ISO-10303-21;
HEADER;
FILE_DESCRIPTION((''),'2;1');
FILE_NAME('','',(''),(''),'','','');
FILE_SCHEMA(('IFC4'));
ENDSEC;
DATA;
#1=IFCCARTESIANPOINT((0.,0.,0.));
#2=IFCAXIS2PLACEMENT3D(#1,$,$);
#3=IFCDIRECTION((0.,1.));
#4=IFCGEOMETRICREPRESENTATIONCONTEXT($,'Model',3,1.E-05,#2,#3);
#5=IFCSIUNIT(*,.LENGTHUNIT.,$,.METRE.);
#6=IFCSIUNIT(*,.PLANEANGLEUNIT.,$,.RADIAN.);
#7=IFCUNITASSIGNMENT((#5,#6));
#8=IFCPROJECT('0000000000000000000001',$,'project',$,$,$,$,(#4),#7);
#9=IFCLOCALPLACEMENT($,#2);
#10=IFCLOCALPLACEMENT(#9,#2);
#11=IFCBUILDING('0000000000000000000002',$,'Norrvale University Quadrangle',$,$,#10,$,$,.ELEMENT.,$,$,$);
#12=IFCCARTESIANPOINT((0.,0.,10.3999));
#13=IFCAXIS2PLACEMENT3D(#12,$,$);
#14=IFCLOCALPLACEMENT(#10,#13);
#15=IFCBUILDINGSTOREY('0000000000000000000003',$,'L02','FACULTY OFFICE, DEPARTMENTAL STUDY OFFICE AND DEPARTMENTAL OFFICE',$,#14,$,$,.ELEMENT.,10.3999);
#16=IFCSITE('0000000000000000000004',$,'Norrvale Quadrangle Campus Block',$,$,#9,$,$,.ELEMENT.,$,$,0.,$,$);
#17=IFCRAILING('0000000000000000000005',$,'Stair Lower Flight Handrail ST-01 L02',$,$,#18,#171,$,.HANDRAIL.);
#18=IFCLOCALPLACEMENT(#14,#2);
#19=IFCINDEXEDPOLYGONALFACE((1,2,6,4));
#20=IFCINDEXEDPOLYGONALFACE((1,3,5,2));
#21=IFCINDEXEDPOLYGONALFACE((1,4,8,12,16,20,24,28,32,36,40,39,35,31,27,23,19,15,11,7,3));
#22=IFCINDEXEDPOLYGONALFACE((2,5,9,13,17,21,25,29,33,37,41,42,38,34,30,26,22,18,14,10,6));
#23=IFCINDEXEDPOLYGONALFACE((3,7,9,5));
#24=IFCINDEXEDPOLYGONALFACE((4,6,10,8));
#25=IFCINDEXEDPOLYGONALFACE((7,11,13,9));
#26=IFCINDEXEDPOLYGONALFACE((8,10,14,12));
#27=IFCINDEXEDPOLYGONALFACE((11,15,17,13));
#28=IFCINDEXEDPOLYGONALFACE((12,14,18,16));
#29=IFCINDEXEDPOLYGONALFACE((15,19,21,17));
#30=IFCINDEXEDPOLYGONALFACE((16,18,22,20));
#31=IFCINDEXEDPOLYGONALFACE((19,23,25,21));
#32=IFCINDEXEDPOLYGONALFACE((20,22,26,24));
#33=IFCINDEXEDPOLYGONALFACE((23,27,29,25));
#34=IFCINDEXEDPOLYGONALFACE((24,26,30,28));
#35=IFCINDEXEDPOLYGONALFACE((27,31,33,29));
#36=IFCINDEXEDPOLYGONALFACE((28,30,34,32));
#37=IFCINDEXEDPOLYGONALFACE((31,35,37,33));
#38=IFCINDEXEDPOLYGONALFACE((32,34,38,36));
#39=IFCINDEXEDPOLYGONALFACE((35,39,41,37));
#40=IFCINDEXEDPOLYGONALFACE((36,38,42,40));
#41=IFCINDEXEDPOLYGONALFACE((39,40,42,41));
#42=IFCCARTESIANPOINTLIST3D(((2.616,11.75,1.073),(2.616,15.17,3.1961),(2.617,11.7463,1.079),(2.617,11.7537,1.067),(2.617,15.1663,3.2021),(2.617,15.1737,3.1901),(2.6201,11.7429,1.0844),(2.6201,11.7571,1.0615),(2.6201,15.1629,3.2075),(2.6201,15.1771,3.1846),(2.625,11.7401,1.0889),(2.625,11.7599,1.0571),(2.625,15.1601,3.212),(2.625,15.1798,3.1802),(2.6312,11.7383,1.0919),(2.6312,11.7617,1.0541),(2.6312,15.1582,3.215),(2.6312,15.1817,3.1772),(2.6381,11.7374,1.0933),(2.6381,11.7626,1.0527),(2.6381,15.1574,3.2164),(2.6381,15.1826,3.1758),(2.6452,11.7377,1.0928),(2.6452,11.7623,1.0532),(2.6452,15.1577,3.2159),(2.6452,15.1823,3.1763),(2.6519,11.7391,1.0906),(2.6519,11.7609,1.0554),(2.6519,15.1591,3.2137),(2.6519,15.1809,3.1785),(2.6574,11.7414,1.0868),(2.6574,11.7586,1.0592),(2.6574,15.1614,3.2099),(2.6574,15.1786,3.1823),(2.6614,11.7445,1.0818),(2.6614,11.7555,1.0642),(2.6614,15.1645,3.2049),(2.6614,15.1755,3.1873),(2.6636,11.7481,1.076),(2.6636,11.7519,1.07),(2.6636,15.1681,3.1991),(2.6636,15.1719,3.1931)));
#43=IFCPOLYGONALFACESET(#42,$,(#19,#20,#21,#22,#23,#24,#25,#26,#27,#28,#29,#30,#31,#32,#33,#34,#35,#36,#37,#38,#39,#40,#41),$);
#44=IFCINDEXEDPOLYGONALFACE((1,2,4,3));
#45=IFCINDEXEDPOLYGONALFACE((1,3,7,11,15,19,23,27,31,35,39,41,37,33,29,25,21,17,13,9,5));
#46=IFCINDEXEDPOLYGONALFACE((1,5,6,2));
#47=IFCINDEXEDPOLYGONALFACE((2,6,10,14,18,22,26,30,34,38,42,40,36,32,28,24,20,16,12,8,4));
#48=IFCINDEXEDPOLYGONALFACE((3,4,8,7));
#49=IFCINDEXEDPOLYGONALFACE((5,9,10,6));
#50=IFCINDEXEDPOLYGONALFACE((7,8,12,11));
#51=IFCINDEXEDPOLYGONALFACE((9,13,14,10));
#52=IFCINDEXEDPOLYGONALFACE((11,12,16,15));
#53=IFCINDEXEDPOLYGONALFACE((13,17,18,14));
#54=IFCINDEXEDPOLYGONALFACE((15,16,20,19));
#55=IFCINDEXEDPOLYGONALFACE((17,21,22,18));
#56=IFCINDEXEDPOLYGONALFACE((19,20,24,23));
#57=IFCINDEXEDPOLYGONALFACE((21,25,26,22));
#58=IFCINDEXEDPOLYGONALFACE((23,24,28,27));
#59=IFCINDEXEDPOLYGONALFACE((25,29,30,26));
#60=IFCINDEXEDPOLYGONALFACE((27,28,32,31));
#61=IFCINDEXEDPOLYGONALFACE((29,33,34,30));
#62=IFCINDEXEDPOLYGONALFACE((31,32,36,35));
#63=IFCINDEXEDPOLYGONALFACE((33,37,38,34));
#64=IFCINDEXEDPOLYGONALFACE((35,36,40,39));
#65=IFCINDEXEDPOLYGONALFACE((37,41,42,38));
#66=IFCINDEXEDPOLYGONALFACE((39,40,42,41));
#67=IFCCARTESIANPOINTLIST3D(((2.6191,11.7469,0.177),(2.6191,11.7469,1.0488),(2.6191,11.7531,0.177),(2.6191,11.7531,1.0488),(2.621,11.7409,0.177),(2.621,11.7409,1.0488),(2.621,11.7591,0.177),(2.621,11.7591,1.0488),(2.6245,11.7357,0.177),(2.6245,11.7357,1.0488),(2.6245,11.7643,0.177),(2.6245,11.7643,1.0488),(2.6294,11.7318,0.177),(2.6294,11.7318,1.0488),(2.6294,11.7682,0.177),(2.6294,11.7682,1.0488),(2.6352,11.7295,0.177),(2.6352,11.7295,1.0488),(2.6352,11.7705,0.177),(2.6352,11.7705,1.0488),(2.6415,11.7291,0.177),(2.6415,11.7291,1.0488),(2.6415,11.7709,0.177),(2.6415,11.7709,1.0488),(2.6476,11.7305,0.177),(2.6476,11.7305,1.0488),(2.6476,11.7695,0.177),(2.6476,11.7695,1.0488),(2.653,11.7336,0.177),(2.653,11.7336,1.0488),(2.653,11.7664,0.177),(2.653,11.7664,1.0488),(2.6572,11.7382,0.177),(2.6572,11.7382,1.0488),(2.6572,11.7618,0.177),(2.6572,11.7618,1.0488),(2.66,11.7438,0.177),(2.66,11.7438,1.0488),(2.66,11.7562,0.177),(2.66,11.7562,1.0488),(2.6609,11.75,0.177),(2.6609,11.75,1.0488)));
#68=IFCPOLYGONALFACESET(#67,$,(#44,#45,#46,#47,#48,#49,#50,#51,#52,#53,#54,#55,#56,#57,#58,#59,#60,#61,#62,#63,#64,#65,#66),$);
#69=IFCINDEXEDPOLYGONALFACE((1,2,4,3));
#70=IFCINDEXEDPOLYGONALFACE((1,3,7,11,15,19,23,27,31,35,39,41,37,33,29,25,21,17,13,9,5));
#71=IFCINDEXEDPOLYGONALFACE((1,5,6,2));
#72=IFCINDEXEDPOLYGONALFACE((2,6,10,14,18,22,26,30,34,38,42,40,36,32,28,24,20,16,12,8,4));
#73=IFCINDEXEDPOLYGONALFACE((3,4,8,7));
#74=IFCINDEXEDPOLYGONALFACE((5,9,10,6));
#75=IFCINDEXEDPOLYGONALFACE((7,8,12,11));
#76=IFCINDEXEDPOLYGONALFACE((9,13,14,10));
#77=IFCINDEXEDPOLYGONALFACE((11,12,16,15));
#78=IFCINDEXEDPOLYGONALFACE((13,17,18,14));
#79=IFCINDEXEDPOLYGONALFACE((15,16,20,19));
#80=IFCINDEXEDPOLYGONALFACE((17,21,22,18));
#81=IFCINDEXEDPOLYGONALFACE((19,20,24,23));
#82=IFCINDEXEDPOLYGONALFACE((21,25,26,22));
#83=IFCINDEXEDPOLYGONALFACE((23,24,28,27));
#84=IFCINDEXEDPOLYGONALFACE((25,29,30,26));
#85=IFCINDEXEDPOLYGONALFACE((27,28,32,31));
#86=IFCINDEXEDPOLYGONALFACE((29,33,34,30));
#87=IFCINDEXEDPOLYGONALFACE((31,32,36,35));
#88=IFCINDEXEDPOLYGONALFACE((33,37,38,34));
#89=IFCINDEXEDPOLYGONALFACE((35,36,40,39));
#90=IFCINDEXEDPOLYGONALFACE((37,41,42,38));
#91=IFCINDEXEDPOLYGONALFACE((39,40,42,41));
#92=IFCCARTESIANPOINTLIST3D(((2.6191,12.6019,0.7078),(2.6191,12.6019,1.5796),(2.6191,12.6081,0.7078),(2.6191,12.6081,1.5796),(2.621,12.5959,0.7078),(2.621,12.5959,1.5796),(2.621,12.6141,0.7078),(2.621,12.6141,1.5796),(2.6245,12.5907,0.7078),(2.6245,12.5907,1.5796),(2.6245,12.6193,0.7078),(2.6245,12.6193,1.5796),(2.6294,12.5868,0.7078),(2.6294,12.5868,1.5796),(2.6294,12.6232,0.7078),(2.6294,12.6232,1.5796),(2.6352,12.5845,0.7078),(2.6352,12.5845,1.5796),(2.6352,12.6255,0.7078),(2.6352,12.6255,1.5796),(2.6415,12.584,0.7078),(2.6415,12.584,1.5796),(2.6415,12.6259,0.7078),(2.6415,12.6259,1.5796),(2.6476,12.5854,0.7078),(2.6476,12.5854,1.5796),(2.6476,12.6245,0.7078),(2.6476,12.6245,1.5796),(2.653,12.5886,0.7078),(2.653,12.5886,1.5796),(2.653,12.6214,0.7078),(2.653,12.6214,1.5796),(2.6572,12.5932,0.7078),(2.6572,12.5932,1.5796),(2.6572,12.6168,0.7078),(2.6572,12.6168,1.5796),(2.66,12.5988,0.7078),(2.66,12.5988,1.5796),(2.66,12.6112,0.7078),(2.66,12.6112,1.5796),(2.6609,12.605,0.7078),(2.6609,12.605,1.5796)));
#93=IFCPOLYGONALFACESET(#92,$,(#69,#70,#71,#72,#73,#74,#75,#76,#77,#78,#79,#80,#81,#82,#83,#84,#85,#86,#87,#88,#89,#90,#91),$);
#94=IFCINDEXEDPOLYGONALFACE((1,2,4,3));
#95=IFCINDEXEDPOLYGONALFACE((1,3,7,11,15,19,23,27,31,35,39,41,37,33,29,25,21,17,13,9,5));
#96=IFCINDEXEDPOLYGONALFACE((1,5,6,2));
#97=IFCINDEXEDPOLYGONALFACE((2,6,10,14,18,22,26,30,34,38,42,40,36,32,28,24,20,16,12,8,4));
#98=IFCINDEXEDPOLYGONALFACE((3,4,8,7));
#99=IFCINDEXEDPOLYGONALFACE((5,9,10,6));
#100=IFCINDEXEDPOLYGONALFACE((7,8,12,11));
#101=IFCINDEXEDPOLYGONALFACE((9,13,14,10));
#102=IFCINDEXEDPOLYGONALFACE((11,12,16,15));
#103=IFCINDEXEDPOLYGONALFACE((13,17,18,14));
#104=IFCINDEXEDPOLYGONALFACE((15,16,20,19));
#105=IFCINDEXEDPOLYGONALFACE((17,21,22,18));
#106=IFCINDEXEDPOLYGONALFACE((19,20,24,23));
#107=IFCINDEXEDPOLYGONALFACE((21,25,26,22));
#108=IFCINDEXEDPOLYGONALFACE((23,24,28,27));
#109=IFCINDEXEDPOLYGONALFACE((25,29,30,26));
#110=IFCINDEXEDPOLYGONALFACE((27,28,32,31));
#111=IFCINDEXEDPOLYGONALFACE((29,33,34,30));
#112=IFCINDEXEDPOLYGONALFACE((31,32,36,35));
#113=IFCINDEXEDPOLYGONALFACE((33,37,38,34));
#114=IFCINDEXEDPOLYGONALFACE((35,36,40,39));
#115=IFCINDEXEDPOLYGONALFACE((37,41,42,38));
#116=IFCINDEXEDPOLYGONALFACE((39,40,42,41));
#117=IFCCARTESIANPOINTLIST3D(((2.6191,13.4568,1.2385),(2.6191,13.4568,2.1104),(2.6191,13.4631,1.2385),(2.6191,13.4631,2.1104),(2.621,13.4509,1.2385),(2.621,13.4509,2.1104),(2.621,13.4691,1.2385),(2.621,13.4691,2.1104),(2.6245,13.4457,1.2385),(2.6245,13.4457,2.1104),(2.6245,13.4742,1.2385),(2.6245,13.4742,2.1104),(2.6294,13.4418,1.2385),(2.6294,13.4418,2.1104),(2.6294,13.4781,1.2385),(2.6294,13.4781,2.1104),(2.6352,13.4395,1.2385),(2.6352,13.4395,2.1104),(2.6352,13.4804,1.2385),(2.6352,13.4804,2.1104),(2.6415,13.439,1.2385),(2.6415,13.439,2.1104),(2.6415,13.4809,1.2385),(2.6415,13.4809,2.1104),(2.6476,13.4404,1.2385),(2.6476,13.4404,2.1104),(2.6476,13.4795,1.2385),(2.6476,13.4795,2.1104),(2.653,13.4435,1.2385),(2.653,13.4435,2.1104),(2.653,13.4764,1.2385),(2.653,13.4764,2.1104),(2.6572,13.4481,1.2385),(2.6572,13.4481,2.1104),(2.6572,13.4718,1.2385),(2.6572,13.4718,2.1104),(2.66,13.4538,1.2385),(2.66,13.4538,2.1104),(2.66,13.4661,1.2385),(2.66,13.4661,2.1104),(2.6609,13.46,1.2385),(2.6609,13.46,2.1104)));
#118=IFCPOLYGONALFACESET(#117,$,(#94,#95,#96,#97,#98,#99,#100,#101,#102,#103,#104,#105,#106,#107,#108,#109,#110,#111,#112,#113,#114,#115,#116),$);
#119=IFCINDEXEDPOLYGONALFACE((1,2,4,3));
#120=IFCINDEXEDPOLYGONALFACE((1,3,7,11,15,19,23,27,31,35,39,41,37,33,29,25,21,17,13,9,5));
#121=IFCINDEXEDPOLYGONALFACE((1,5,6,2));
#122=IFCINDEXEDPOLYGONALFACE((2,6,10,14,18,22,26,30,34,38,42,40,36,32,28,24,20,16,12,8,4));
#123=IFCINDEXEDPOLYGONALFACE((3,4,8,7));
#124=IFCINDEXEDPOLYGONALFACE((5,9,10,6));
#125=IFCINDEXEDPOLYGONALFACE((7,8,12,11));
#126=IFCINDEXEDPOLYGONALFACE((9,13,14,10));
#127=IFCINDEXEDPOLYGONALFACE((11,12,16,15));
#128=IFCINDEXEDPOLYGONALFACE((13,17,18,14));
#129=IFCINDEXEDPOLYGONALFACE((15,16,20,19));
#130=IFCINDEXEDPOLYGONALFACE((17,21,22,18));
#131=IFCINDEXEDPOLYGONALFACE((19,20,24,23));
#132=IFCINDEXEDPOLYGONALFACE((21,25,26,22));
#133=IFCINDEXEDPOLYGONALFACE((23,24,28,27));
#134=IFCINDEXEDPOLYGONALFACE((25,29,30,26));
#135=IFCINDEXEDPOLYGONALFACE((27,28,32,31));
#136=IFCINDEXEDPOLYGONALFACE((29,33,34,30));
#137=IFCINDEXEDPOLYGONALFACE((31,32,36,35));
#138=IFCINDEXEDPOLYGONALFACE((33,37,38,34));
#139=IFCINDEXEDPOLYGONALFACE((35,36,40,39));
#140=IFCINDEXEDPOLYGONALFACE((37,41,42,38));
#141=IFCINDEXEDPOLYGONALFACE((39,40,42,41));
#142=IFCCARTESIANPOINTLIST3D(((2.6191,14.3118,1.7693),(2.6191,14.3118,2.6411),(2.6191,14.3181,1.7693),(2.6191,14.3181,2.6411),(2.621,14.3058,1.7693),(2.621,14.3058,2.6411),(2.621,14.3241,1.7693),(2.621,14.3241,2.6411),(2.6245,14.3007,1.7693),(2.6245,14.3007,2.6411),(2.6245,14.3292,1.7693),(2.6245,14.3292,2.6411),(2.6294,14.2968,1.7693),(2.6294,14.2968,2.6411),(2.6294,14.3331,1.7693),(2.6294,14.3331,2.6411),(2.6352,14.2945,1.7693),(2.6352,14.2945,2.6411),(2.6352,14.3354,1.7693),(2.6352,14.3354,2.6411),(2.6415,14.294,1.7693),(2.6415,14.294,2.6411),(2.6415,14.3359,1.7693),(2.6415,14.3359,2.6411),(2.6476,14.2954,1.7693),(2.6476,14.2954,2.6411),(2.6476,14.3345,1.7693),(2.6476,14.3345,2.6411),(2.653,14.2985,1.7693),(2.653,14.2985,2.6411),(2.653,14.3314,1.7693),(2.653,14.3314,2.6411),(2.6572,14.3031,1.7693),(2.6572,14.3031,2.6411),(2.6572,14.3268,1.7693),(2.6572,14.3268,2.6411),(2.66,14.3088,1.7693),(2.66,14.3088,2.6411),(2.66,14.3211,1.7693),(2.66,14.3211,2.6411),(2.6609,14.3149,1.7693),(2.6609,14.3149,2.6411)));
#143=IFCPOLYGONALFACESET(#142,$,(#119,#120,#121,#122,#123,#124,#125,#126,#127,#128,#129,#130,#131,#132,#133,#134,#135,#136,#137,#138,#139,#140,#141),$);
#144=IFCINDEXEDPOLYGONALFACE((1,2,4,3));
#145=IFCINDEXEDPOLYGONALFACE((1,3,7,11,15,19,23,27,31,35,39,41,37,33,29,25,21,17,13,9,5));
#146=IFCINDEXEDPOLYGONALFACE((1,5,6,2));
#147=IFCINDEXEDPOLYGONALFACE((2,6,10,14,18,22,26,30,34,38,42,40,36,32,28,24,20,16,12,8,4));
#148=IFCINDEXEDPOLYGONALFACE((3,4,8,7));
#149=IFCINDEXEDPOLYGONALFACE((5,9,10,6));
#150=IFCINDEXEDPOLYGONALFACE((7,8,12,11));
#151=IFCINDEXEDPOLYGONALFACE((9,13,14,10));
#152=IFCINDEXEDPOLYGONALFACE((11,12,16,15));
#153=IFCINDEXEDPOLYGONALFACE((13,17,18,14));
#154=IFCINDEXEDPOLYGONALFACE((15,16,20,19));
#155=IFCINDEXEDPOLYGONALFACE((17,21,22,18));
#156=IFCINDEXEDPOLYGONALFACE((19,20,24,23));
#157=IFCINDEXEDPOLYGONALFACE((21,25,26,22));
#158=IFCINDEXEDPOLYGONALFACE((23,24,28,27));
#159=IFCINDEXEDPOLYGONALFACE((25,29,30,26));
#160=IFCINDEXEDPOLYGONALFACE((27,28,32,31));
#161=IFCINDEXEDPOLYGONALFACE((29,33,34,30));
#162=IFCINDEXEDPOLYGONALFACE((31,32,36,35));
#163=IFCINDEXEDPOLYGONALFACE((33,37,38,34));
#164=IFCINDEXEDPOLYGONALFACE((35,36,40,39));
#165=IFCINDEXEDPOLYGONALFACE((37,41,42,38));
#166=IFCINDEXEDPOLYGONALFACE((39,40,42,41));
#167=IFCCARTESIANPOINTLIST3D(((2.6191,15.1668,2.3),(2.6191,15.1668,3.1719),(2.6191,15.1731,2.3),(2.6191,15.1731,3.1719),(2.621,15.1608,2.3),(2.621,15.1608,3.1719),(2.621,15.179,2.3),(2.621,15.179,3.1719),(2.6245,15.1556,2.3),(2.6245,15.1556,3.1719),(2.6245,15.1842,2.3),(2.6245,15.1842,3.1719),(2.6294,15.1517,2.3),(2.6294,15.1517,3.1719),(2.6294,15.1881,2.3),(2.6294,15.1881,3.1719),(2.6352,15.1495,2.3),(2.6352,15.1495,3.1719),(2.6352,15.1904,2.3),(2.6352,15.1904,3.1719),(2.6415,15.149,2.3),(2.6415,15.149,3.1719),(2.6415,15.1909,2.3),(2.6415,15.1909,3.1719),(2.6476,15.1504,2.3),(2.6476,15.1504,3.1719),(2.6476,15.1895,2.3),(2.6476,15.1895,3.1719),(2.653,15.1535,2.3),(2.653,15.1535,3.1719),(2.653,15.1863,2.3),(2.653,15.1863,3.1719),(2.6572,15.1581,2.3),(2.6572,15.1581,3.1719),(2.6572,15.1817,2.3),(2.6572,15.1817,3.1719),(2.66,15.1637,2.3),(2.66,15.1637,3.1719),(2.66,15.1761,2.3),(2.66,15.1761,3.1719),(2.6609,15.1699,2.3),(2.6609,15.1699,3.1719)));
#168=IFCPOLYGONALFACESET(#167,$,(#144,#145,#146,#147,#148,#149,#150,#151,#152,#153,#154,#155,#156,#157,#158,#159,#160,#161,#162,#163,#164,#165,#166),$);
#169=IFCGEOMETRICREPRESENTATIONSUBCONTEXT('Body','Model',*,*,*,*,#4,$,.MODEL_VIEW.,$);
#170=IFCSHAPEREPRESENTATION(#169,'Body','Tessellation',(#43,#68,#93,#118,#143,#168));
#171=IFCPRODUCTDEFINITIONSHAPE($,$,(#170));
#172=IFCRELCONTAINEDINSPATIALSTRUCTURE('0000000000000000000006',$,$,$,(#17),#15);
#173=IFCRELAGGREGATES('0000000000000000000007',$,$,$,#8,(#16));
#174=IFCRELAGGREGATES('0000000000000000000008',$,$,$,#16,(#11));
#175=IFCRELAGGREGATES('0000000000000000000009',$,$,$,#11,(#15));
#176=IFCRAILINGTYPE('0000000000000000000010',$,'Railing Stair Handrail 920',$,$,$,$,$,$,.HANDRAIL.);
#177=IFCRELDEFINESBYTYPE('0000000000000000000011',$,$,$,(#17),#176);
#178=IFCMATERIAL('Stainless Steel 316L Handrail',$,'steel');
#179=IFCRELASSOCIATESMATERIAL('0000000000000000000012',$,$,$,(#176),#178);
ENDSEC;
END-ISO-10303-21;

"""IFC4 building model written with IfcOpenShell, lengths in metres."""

from ifc_helpers import new_model, si_unit, direction, frame, origin, origin_2d, place, context, subcontext, project, spatial, circle, extrude, material, type_object, element, save


model = new_model("IFC4")

# Units and contexts
model_context = context("Model", 3, precision=1e-05, world=origin(), true_north=direction((0.0, 1.0)))
body_context = subcontext(model_context, "Body", "Model", "MODEL_VIEW")
ifc_project = project(units=[si_unit("LENGTHUNIT", "METRE"), si_unit("PLANEANGLEUNIT", "RADIAN")], contexts=[model_context])

# Site, building, storey
site_placement = place(None, origin())
site = spatial("IfcSite", under=ifc_project, at=site_placement, Name="Norrvale Quadrangle Campus Block", CompositionType="ELEMENT", RefElevation=0.0)
building_placement = place(site_placement, origin())
building = spatial("IfcBuilding", under=site, at=building_placement, Name="Norrvale University Quadrangle", CompositionType="ELEMENT")
storey_placement = place(building_placement, frame((0.0, 0.0, 10.3999)))
storey = spatial("IfcBuildingStorey", under=building, at=storey_placement, Name="L02", Description="FACULTY OFFICE, DEPARTMENTAL STUDY OFFICE AND DEPARTMENTAL OFFICE", CompositionType="ELEMENT", Elevation=10.3999)

# Railing
ifc_material_1 = material(Name="Stainless Steel 316L Handrail", Category="steel")
railing_type_1 = type_object("IfcRailingType", Name="Railing Stair Handrail 920", PredefinedType="HANDRAIL", material=ifc_material_1)
railing_1_placement = place(storey_placement, frame((2.6399, 11.75, 0.177)))
element("IfcRailing", 1, at=railing_1_placement, inside=storey, type_object=railing_type_1, Name="Stair Lower Flight Handrail ST-01 L02", PredefinedType="HANDRAIL", context=body_context, shape_type="SweptSolid", body=[
    extrude(circle(Radius=0.0239, at=origin_2d()), frame((0.0, 0.0, 0.896), z_axis=(0.0, 0.849603, 0.527423), x_axis=(-1.0, 0.0, 0.0)), (0.0, 0.0, 1.0), 4.0254),
    extrude(circle(Radius=0.021, at=origin_2d()), origin(), (0.0, 0.0, 1.0), 0.8718),
    extrude(circle(Radius=0.021, at=origin_2d()), frame((0.0, 0.855, 0.5308)), (0.0, 0.0, 1.0), 0.8718),
    extrude(circle(Radius=0.021, at=origin_2d()), frame((0.0, 1.71, 1.0615)), (0.0, 0.0, 1.0), 0.8718),
    extrude(circle(Radius=0.021, at=origin_2d()), frame((0.0, 2.5649, 1.5923)), (0.0, 0.0, 1.0), 0.8718),
    extrude(circle(Radius=0.021, at=origin_2d()), frame((0.0, 3.4199, 2.123)), (0.0, 0.0, 1.0), 0.8718),
])

save(model, "model.ifc")
